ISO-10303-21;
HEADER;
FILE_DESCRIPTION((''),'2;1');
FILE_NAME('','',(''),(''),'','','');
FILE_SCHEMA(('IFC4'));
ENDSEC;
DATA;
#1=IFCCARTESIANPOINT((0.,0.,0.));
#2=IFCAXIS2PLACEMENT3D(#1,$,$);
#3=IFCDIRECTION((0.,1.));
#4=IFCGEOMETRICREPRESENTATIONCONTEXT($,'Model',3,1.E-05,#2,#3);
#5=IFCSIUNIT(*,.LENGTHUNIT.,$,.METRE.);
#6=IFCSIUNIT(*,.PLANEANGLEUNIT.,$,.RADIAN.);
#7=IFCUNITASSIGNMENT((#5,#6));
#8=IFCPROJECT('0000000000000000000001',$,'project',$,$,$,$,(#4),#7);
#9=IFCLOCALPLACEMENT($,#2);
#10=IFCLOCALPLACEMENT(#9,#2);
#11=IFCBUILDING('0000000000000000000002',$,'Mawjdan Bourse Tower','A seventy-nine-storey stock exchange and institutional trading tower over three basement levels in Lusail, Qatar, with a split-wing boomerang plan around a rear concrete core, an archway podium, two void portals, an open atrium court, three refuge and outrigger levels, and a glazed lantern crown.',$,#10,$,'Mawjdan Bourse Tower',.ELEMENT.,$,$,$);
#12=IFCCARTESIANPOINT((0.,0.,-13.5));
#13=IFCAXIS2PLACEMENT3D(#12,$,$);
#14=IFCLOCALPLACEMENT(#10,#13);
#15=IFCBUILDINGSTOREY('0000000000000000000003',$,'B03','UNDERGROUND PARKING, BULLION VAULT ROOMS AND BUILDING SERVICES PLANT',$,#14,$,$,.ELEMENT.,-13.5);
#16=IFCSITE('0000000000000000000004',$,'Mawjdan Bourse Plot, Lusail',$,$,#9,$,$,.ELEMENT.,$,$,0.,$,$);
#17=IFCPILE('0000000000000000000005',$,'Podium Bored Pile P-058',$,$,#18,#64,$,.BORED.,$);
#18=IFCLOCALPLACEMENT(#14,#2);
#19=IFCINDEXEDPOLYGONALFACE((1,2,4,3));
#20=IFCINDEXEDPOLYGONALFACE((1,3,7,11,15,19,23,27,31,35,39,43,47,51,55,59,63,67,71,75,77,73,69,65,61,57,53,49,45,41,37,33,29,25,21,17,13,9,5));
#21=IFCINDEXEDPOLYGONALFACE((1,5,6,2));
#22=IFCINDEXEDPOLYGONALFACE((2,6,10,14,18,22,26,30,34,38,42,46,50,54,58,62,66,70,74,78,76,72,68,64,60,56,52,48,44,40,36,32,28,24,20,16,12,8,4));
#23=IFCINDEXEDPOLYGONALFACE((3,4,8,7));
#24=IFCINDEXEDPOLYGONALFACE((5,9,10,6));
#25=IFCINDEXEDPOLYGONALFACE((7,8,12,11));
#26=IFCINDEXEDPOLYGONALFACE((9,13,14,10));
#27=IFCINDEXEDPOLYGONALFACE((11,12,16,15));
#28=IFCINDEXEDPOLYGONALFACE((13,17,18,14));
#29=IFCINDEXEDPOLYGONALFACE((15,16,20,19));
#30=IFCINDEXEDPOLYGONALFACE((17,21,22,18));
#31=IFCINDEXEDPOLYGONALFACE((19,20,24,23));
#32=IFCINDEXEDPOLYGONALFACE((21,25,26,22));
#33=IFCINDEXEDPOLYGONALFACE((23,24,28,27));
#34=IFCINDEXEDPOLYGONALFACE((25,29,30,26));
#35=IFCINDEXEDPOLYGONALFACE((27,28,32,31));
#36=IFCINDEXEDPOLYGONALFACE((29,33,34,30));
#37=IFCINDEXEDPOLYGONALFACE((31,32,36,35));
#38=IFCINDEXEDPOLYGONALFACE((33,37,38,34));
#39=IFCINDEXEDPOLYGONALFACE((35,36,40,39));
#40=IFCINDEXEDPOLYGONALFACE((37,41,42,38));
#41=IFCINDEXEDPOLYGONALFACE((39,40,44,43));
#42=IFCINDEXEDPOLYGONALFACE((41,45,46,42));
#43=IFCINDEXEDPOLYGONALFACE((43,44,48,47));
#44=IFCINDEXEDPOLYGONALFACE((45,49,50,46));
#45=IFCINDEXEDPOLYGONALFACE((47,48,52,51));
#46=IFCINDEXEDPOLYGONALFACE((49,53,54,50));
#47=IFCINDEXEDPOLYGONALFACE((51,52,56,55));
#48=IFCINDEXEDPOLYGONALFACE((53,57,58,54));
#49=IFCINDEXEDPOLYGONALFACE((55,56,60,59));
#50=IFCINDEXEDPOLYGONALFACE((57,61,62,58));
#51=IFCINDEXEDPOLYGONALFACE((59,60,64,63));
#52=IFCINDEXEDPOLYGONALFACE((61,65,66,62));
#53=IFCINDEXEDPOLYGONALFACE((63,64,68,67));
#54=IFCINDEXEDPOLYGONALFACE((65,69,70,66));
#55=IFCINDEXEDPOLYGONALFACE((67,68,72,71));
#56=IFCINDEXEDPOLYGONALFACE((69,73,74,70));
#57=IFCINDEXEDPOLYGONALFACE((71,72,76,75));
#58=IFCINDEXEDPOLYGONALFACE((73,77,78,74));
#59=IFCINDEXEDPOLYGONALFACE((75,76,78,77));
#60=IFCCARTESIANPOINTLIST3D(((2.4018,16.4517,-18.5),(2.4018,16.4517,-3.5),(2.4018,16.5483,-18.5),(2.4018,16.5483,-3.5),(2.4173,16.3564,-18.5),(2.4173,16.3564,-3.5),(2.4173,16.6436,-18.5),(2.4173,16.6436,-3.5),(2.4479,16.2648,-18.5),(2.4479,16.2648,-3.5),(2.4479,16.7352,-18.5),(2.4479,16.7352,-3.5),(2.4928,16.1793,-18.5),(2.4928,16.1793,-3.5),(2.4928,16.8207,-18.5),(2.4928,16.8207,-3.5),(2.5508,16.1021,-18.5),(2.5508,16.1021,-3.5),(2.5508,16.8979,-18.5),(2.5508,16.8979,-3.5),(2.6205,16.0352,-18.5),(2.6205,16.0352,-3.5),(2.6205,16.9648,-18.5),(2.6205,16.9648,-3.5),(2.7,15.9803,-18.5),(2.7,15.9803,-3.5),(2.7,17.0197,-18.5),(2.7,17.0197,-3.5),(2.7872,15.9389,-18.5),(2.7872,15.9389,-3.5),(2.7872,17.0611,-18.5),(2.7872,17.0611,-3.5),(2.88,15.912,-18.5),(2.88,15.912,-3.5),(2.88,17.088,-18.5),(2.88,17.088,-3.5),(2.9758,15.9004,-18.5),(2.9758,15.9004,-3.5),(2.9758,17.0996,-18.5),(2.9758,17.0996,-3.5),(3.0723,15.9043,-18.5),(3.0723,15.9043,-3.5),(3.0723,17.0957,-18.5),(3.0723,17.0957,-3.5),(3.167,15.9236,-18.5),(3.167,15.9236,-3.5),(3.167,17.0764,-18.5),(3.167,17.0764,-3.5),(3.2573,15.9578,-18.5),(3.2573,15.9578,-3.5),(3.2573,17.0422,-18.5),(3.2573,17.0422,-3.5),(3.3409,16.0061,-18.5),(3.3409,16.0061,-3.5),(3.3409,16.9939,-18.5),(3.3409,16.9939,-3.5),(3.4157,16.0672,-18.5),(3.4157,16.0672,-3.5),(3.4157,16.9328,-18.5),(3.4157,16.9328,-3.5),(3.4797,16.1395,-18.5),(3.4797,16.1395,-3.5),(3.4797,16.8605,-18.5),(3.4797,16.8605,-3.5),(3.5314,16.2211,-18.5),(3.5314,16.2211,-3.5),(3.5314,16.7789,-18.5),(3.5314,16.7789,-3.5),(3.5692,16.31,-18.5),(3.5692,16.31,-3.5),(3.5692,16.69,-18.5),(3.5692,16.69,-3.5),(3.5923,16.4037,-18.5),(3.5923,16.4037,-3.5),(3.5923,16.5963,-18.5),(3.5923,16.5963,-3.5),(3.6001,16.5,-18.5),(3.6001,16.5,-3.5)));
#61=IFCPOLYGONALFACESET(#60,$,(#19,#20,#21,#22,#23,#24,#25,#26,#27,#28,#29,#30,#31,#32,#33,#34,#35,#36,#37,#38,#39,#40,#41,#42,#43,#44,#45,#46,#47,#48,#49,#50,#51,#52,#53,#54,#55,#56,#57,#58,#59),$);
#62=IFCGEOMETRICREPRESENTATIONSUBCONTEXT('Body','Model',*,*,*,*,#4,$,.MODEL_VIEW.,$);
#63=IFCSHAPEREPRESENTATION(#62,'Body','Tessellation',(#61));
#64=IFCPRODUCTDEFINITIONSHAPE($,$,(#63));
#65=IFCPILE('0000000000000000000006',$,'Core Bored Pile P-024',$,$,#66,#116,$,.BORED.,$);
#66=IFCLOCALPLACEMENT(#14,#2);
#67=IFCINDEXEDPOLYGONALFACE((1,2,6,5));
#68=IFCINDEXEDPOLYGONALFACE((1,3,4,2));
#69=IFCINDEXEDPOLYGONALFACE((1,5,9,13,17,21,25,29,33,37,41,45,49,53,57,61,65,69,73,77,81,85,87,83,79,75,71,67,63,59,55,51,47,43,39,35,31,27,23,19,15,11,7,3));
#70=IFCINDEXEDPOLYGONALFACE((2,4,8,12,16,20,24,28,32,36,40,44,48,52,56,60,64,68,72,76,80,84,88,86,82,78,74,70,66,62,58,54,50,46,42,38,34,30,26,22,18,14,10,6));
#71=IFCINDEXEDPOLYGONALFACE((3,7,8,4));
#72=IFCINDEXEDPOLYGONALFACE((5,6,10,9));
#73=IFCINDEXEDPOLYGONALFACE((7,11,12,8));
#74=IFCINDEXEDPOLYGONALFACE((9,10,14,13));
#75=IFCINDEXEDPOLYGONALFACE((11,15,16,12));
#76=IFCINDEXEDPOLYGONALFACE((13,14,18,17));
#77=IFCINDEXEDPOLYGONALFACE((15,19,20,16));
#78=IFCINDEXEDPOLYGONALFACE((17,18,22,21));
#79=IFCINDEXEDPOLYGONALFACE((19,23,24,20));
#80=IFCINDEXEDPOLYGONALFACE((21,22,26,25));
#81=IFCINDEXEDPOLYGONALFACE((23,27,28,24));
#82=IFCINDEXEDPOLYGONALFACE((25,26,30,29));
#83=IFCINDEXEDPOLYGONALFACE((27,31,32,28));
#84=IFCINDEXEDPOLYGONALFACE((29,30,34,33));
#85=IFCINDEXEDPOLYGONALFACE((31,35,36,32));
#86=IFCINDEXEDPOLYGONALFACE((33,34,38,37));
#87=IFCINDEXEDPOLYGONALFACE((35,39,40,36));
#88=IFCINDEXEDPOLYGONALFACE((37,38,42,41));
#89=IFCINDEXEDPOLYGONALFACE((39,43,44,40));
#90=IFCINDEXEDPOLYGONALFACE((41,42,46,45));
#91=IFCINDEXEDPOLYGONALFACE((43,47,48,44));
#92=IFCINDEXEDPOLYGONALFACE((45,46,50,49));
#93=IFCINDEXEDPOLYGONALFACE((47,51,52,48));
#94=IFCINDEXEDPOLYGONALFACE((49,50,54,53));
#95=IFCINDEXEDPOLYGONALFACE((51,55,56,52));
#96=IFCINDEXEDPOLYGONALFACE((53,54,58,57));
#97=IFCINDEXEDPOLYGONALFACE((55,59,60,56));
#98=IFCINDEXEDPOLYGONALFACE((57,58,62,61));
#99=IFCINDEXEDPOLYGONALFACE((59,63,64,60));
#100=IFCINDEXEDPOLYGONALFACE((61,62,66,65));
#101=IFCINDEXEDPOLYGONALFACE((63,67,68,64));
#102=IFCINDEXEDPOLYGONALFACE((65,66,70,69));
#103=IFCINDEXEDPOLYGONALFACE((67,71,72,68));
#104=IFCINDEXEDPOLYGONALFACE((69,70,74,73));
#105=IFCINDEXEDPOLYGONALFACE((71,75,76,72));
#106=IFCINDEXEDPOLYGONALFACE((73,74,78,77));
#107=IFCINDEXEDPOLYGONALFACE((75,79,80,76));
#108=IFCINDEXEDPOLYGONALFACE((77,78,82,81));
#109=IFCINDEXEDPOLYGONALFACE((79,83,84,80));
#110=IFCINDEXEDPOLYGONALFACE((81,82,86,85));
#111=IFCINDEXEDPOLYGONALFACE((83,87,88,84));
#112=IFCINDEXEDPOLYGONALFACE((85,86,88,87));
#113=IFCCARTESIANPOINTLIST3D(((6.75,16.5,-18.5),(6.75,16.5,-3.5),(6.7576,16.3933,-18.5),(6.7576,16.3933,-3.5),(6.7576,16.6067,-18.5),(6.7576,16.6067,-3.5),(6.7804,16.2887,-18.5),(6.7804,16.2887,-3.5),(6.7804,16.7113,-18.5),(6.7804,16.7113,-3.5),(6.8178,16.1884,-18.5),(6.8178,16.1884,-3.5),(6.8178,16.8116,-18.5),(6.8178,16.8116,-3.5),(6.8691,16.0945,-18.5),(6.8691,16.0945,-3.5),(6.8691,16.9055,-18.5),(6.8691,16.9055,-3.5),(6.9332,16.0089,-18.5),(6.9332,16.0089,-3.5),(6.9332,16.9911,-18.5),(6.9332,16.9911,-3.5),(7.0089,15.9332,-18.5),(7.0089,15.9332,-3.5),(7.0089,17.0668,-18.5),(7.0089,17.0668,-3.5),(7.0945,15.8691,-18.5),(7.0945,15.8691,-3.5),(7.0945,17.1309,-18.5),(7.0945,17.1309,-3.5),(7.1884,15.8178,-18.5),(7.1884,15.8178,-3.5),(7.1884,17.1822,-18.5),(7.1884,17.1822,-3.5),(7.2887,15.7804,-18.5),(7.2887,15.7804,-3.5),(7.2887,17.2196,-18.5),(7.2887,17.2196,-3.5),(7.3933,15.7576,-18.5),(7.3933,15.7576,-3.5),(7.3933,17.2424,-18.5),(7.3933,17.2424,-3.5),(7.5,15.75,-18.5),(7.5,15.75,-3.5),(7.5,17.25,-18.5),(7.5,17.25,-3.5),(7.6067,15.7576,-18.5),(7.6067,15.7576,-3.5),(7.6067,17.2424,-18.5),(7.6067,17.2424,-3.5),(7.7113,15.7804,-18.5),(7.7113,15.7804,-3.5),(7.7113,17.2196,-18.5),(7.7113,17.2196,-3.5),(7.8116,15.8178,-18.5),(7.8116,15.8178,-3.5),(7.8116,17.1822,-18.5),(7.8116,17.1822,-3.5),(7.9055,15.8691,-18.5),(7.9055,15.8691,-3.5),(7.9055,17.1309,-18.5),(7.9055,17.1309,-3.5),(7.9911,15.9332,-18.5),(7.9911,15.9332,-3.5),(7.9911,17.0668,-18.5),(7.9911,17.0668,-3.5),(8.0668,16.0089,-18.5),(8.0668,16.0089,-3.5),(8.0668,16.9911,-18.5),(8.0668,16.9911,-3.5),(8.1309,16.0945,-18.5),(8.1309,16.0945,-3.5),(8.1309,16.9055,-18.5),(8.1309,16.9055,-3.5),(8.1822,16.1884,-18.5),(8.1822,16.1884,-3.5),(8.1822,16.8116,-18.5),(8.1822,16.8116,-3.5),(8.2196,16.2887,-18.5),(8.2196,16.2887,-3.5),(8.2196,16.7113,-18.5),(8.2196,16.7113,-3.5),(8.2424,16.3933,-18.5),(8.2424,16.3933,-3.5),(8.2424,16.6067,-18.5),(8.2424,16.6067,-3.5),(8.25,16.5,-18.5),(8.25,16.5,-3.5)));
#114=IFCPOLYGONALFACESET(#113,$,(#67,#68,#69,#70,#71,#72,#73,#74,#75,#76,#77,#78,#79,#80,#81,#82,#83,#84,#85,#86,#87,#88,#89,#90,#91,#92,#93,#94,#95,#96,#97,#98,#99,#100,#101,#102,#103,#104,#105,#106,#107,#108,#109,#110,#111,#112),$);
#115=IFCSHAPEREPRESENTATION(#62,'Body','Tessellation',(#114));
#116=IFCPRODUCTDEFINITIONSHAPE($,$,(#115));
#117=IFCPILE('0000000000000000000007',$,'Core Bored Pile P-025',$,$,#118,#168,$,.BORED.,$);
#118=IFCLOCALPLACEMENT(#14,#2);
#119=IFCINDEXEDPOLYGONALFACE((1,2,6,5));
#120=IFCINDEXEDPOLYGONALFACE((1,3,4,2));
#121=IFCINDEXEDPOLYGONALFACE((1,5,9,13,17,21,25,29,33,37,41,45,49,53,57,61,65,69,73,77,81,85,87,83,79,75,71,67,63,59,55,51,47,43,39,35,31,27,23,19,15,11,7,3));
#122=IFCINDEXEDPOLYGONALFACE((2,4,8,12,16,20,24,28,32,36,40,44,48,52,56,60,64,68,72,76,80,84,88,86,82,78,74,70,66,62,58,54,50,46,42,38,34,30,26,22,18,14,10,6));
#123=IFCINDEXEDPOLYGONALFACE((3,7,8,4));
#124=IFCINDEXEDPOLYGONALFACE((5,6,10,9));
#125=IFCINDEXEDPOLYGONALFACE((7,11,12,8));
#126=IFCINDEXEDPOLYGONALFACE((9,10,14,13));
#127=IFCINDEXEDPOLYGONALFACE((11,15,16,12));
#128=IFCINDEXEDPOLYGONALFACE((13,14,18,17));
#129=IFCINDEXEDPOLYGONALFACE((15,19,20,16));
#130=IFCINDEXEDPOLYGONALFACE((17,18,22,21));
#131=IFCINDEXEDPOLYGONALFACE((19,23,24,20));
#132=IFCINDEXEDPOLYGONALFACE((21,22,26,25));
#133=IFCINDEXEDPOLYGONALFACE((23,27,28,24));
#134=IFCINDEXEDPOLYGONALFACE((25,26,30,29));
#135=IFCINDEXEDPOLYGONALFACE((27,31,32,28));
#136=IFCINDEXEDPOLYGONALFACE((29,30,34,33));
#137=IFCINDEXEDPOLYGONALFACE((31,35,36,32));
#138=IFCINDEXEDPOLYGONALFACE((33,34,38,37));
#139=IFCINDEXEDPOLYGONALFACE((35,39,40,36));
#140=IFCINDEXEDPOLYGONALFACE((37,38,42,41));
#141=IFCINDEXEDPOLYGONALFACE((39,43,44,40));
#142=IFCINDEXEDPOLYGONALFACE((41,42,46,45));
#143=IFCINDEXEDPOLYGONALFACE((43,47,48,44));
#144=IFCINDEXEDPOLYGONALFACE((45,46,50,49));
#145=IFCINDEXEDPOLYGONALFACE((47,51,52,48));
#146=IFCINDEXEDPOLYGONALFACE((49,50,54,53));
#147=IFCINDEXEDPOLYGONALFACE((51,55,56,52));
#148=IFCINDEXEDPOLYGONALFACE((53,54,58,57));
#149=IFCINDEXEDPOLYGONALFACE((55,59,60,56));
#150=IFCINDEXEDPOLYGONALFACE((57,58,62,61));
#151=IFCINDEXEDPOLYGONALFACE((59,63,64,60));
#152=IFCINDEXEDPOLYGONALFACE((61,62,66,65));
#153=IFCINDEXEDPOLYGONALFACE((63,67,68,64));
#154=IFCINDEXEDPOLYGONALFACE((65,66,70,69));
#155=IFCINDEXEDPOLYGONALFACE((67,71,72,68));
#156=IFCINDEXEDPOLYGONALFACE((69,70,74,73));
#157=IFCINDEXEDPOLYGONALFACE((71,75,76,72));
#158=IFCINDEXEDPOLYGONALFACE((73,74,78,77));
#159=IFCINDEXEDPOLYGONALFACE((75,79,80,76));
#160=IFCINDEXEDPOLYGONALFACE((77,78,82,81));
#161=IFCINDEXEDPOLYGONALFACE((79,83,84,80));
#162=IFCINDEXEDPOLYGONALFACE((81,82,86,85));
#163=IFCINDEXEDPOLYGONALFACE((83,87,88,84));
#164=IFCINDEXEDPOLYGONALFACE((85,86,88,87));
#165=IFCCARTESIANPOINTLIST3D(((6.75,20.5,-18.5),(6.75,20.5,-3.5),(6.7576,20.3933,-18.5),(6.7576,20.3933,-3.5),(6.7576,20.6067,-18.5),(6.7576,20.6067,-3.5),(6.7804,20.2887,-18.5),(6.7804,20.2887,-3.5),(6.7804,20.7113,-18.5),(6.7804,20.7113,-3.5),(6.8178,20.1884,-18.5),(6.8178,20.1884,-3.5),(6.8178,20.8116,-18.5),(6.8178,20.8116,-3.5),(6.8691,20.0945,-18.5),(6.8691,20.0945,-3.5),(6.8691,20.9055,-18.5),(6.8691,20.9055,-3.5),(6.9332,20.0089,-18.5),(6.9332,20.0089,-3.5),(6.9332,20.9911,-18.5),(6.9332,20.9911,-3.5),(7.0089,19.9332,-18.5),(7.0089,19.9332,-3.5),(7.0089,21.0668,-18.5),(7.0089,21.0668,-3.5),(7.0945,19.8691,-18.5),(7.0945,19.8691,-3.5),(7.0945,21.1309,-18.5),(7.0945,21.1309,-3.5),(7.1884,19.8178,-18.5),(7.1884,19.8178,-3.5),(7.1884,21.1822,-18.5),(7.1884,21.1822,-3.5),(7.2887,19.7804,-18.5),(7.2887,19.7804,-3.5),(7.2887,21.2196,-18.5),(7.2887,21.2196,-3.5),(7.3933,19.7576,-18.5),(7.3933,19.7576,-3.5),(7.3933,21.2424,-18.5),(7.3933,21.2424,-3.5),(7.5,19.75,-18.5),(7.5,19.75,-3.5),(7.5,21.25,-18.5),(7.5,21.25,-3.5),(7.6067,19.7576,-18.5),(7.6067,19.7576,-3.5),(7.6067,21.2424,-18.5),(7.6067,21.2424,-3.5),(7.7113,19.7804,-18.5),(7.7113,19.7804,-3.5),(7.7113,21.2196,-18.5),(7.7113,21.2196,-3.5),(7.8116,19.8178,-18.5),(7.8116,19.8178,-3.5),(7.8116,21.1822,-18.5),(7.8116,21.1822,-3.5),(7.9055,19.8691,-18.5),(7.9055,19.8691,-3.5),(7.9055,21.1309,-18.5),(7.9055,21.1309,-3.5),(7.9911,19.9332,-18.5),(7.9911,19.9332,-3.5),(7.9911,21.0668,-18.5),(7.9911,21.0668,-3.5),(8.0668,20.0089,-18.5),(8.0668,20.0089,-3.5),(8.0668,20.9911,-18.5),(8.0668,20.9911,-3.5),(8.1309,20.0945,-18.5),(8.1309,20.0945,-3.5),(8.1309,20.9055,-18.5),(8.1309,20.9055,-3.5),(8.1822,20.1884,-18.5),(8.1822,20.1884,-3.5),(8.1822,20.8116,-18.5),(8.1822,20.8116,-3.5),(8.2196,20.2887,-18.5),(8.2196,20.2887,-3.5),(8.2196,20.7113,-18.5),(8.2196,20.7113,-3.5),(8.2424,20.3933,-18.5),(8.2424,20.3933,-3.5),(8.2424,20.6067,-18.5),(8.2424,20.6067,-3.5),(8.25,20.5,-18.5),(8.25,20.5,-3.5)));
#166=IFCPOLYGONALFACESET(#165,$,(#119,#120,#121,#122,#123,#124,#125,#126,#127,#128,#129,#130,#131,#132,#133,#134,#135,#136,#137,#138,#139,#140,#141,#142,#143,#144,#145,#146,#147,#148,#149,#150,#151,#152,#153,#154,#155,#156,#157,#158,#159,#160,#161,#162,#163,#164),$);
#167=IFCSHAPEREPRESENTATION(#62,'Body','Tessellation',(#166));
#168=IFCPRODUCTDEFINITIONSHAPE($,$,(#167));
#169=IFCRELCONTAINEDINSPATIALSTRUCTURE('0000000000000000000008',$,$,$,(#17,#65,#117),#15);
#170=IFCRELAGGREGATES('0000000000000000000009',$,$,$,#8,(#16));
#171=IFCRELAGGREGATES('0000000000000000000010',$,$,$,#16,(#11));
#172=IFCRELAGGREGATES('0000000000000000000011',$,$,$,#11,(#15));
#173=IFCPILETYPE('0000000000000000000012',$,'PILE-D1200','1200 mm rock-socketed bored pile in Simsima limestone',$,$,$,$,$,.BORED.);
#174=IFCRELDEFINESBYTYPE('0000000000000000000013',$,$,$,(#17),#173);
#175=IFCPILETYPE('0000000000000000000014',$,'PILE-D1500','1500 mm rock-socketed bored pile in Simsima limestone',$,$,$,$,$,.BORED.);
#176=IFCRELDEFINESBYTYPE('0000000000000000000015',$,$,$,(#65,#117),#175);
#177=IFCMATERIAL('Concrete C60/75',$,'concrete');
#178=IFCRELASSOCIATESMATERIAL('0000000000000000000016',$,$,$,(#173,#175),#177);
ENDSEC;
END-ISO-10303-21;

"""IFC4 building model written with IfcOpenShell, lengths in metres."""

from ifc_helpers import new_model, si_unit, direction, frame, origin, origin_2d, place, context, subcontext, project, spatial, circle, extrude, material, material_profile, profile_set, type_object, element, save


model = new_model("IFC4")

# Units and contexts
model_context = context("Model", 3, precision=1e-05, world=origin(), true_north=direction((0.0, 1.0)))
body_context = subcontext(model_context, "Body", "Model", "MODEL_VIEW")
ifc_project = project(units=[si_unit("LENGTHUNIT", "METRE"), si_unit("PLANEANGLEUNIT", "RADIAN")], contexts=[model_context])

# Site, building, storey
site_placement = place(None, origin())
site = spatial("IfcSite", under=ifc_project, at=site_placement, Name="Mawjdan Bourse Plot, Lusail", CompositionType="ELEMENT", RefElevation=0.0)
building_placement = place(site_placement, origin())
building = spatial("IfcBuilding", under=site, at=building_placement, Name="Mawjdan Bourse Tower", Description="A seventy-nine-storey stock exchange and institutional trading tower over three basement levels in Lusail, Qatar, with a split-wing boomerang plan around a rear concrete core, an archway podium, two void portals, an open atrium court, three refuge and outrigger levels, and a glazed lantern crown.", LongName="Mawjdan Bourse Tower", CompositionType="ELEMENT")
storey_placement = place(building_placement, frame((0.0, 0.0, -13.5)))
storey = spatial("IfcBuildingStorey", under=building, at=storey_placement, Name="B03", Description="UNDERGROUND PARKING, BULLION VAULT ROOMS AND BUILDING SERVICES PLANT", CompositionType="ELEMENT", Elevation=-13.5)

# Piles
ifc_material_1 = material(Name="Concrete C60/75", Category="concrete")
ifc_material_profile_1 = material_profile(ifc_material_1, circle(Radius=0.6001, at=origin_2d()), Name="PILE-D1200")
ifc_profile_set_1 = profile_set([ifc_material_profile_1], Name="Concrete C60/75")
pile_type_1 = type_object("IfcPileType", Name="PILE-D1200", Description="1200 mm rock-socketed bored pile in Simsima limestone", PredefinedType="BORED", material=ifc_profile_set_1)
pile_placement = place(storey_placement, frame((3.0, 16.5, -3.5), z_axis=(0.0, 0.0, -1.0), x_axis=(1.0, 0.0, 0.0)))
element("IfcPile", 1, at=pile_placement, inside=storey, type_object=pile_type_1, Name="Podium Bored Pile P-058", PredefinedType="BORED", context=body_context, shape_type="SweptSolid", body=[
    extrude(circle(Radius=0.6001, at=origin_2d()), origin(), (0.0, 0.0, 1.0), 15.0),
])
ifc_material_profile_2 = material_profile(ifc_material_1, circle(Radius=0.75, at=origin_2d()), Name="PILE-D1500")
ifc_profile_set_2 = profile_set([ifc_material_profile_2], Name="Concrete C60/75")
pile_type_2 = type_object("IfcPileType", Name="PILE-D1500", Description="1500 mm rock-socketed bored pile in Simsima limestone", PredefinedType="BORED", material=ifc_profile_set_2)
for number, where, z_axis, x_axis, name in (
    (2, (7.5, 16.5, -3.5), (0.0, 0.0, -1.0), (1.0, 0.0, 0.0), "Core Bored Pile P-024"),
    (3, (7.5, 20.5, -3.5), (0.0, 0.0, -1.0), (1.0, 0.0, 0.0), "Core Bored Pile P-025"),
):
    element("IfcPile", number, at=place(storey_placement, frame(where, z_axis=z_axis, x_axis=x_axis)), inside=storey, type_object=pile_type_2, Name=name, PredefinedType="BORED", context=body_context, shape_type="SweptSolid", body=[
        extrude(circle(Radius=0.75, at=origin_2d()), origin(), (0.0, 0.0, 1.0), 15.0),
    ])

save(model, "model.ifc")
